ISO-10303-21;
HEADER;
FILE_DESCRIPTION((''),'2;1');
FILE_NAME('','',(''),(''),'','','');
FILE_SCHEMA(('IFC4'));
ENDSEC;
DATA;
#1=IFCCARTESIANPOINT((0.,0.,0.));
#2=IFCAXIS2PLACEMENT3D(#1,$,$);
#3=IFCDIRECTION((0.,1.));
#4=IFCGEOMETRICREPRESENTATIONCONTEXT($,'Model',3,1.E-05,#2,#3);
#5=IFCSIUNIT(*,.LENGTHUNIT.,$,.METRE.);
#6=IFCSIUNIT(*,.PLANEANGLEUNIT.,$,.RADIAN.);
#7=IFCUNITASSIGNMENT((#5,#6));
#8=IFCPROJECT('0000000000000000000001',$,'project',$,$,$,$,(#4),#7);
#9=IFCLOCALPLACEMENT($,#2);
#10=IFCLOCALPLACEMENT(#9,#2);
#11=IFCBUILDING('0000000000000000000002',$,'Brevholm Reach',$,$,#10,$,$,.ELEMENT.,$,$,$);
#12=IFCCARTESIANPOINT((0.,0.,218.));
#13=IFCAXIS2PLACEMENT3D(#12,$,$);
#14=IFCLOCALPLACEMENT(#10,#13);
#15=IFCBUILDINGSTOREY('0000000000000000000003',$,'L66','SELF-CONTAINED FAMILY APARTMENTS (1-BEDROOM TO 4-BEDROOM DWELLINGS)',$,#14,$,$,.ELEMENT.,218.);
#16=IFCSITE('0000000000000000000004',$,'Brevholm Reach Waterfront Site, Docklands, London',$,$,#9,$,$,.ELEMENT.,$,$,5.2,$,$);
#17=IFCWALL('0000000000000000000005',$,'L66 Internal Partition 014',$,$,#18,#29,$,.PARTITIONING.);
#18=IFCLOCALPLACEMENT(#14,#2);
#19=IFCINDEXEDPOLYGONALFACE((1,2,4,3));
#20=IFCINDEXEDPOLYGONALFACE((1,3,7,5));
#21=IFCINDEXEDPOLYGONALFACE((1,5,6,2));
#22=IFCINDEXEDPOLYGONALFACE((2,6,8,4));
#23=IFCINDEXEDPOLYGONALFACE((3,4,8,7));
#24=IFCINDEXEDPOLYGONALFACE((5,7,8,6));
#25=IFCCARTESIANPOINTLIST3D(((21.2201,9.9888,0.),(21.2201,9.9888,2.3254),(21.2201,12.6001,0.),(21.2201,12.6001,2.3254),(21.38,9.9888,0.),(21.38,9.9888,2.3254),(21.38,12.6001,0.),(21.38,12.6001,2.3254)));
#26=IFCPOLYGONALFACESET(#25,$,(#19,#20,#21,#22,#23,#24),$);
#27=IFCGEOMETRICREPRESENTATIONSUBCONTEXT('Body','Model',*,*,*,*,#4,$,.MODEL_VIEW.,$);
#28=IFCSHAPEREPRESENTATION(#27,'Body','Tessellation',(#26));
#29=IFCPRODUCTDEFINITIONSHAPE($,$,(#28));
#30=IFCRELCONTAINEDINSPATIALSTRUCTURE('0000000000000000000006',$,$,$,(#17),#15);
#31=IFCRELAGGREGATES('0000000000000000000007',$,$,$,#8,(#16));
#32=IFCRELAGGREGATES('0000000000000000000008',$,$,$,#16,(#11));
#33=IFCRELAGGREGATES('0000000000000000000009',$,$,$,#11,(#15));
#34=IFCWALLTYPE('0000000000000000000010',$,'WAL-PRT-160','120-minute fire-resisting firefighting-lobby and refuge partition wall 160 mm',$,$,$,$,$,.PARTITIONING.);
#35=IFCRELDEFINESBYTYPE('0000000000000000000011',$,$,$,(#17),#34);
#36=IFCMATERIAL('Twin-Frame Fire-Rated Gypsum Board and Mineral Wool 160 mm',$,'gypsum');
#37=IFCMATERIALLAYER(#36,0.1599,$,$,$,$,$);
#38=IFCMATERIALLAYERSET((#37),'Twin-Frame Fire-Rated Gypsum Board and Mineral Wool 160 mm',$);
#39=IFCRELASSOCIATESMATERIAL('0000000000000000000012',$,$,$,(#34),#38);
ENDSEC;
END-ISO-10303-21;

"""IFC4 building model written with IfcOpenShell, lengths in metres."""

from ifc_helpers import new_model, si_unit, direction, frame, frame_2d, origin, place, context, subcontext, project, spatial, rectangle, extrude, material, layer, layer_set, type_object, element, save


model = new_model("IFC4")

# Units and contexts
model_context = context("Model", 3, precision=1e-05, world=origin(), true_north=direction((0.0, 1.0)))
body_context = subcontext(model_context, "Body", "Model", "MODEL_VIEW")
ifc_project = project(units=[si_unit("LENGTHUNIT", "METRE"), si_unit("PLANEANGLEUNIT", "RADIAN")], contexts=[model_context])

# Site, building, storey
site_placement = place(None, origin())
site = spatial("IfcSite", under=ifc_project, at=site_placement, Name="Brevholm Reach Waterfront Site, Docklands, London", CompositionType="ELEMENT", RefElevation=5.2)
building_placement = place(site_placement, origin())
building = spatial("IfcBuilding", under=site, at=building_placement, Name="Brevholm Reach", CompositionType="ELEMENT")
storey_placement = place(building_placement, frame((0.0, 0.0, 218.0)))
storey = spatial("IfcBuildingStorey", under=building, at=storey_placement, Name="L66", Description="SELF-CONTAINED FAMILY APARTMENTS (1-BEDROOM TO 4-BEDROOM DWELLINGS)", CompositionType="ELEMENT", Elevation=218.0)

# Wall
ifc_material_1 = material(Name="Twin-Frame Fire-Rated Gypsum Board and Mineral Wool 160 mm", Category="gypsum")
ifc_layer_1 = layer(ifc_material_1, 0.1599)
ifc_layer_set_1 = layer_set([ifc_layer_1], Name="Twin-Frame Fire-Rated Gypsum Board and Mineral Wool 160 mm")
wall_type_1 = type_object("IfcWallType", Name="WAL-PRT-160", Description="120-minute fire-resisting firefighting-lobby and refuge partition wall 160 mm", PredefinedType="PARTITIONING", material=ifc_layer_set_1)
wall_1_placement = place(storey_placement, frame((21.3, 9.9888, 0.0), z_axis=(0.0, 0.0, 1.0), x_axis=(0.0, 1.0, 0.0)))
element("IfcWall", 1, at=wall_1_placement, inside=storey, type_object=wall_type_1, Name="L66 Internal Partition 014", PredefinedType="PARTITIONING", context=body_context, shape_type="SweptSolid", body=[
    extrude(rectangle(XDim=2.6113, YDim=0.1599, at=frame_2d((1.3057, 0.0))), origin(), (0.0, 0.0, 1.0), 2.3254),
])

save(model, "model.ifc")
